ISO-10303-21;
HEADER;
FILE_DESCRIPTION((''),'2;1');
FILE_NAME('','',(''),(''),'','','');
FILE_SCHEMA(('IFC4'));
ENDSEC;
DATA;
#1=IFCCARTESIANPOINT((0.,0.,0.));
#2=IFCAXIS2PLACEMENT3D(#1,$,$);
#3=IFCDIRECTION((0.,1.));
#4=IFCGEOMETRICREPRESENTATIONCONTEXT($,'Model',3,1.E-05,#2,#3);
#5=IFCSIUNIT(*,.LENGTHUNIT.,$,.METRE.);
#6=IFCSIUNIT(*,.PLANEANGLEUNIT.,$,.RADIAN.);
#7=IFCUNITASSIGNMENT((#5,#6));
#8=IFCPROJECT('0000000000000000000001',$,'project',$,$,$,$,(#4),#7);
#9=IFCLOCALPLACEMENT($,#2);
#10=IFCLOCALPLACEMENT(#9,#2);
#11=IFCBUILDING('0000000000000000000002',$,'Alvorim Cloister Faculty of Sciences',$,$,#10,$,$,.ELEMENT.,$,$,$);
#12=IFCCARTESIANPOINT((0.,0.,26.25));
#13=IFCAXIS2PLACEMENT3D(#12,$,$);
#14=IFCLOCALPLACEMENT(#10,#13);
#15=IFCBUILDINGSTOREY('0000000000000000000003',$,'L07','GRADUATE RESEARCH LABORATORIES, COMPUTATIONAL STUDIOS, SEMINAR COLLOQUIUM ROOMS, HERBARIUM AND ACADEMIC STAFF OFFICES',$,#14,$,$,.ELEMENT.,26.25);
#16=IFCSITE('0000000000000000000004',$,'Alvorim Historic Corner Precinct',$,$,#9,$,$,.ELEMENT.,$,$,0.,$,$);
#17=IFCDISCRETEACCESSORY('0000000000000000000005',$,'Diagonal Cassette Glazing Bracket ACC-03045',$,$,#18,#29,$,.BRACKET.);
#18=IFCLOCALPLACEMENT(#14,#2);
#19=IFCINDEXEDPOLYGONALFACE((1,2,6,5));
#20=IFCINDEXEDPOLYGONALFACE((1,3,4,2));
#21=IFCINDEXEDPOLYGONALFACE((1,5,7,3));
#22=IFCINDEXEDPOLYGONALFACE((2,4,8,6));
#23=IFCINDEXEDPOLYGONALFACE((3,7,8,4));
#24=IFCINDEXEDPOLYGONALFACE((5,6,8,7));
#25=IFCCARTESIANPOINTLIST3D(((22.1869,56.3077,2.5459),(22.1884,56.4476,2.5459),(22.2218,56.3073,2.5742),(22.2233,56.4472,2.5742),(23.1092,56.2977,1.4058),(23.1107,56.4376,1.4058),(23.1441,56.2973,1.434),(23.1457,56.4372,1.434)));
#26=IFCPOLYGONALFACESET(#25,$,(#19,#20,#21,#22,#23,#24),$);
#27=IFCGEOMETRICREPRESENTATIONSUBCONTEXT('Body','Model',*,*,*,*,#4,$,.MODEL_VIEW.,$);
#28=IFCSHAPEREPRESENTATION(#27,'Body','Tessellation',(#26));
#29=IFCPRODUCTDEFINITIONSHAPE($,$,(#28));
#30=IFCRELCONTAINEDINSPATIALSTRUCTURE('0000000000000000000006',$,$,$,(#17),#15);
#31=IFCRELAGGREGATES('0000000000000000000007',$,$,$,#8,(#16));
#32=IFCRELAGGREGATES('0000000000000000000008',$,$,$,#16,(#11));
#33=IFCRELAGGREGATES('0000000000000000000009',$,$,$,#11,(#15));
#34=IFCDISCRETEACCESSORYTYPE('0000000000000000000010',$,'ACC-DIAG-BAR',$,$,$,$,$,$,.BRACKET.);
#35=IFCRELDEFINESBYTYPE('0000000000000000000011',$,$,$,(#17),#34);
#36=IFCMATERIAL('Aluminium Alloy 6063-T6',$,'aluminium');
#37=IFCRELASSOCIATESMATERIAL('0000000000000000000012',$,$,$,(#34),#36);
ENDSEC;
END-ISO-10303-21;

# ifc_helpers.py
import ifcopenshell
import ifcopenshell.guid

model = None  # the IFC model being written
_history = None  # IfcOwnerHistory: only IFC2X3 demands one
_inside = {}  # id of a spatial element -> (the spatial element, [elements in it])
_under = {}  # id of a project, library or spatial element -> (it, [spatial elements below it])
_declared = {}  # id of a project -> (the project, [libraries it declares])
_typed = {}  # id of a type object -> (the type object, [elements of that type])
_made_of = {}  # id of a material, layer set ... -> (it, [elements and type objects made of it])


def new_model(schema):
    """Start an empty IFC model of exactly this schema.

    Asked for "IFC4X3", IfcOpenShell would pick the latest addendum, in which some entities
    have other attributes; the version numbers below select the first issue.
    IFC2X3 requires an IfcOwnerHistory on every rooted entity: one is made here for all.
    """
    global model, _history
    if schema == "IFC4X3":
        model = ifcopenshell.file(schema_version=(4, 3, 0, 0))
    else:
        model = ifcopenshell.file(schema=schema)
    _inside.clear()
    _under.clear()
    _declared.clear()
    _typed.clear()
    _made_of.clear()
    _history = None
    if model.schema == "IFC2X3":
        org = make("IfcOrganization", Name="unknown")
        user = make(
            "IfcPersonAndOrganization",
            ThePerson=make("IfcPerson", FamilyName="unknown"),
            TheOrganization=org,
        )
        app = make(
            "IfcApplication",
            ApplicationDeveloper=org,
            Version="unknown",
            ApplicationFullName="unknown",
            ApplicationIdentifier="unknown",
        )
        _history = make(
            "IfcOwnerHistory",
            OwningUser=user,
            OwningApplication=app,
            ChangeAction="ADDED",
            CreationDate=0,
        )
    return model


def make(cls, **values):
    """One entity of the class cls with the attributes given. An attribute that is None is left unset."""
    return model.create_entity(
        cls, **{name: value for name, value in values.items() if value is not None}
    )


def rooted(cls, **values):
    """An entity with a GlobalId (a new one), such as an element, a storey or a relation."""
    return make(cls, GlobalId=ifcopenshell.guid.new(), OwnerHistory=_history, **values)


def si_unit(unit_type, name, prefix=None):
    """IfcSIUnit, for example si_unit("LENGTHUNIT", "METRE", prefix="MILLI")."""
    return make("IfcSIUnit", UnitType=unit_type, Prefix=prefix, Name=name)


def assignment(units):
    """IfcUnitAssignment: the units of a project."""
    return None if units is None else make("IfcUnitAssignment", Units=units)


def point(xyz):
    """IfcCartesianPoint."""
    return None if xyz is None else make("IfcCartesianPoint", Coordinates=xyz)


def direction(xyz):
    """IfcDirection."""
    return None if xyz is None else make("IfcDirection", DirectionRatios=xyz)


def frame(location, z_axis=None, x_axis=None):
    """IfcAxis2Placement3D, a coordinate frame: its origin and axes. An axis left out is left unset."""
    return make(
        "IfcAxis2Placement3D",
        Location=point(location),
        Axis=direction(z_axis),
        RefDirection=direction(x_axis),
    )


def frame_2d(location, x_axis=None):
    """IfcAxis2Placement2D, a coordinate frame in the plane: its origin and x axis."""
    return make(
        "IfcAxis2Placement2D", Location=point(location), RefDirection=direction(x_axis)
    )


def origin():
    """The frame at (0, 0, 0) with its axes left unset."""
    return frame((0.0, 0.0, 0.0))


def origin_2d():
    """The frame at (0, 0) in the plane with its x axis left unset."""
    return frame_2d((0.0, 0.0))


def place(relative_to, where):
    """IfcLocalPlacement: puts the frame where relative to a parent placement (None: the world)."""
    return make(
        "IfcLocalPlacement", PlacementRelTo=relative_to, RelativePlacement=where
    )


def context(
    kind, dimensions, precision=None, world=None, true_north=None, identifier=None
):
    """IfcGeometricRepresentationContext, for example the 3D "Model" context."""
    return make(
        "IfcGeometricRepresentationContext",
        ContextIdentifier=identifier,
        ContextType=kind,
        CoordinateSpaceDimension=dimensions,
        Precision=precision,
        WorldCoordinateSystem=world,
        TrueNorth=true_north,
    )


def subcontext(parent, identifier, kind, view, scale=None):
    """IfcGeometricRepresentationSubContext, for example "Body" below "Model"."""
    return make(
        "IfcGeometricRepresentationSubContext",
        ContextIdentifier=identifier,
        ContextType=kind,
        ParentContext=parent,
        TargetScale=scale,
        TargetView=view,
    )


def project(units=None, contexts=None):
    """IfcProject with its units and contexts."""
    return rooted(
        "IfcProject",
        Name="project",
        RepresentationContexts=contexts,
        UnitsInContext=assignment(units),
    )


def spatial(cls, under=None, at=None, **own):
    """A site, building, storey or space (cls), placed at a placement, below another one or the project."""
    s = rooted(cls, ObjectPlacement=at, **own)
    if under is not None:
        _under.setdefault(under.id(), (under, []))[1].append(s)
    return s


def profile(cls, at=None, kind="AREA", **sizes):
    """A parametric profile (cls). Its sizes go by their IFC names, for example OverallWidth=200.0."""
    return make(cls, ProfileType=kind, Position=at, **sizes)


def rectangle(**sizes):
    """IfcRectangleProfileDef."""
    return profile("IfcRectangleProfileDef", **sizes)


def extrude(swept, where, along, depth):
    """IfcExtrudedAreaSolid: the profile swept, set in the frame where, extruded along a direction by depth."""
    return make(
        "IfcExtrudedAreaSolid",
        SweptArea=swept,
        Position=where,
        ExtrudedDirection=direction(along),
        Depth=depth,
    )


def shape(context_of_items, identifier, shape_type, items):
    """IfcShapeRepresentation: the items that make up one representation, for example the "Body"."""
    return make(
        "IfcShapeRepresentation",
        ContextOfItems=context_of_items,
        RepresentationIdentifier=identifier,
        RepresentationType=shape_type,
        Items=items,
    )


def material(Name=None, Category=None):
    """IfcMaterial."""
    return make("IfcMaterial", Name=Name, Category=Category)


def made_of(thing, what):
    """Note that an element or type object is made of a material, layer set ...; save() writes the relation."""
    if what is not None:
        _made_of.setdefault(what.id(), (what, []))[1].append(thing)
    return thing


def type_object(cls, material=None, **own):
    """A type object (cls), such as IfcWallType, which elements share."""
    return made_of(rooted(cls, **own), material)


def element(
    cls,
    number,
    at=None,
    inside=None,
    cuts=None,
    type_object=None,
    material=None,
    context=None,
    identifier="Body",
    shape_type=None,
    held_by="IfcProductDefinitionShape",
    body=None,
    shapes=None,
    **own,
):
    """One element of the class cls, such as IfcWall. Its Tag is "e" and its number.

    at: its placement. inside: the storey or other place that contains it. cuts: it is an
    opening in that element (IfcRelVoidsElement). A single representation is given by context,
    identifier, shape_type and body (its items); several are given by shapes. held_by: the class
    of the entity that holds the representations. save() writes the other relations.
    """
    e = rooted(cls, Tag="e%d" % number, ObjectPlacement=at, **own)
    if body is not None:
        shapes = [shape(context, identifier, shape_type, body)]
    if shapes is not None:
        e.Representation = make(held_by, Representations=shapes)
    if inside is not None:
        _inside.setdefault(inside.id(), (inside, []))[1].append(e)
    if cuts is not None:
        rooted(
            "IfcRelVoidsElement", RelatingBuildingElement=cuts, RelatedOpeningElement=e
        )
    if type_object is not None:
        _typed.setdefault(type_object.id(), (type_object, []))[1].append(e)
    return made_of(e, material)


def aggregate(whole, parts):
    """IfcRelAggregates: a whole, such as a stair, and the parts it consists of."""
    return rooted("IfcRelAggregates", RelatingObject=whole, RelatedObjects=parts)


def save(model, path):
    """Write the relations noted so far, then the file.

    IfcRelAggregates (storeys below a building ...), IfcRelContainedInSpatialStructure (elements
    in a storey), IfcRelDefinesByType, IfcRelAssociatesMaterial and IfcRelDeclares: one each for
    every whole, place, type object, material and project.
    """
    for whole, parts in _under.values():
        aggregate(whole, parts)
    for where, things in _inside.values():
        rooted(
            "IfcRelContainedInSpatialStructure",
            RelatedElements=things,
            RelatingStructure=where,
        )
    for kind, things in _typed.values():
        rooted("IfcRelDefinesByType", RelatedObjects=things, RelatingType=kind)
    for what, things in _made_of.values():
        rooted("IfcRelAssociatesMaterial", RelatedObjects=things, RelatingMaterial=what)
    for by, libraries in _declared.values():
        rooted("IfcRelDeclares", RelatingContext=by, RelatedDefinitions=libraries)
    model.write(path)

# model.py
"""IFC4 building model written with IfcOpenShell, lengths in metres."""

from ifc_helpers import new_model, si_unit, direction, frame, origin, origin_2d, place, context, subcontext, project, spatial, rectangle, extrude, material, type_object, element, save


model = new_model("IFC4")

# Units and contexts
model_context = context("Model", 3, precision=1e-05, world=origin(), true_north=direction((0.0, 1.0)))
body_context = subcontext(model_context, "Body", "Model", "MODEL_VIEW")
ifc_project = project(units=[si_unit("LENGTHUNIT", "METRE"), si_unit("PLANEANGLEUNIT", "RADIAN")], contexts=[model_context])

# Site, building, storey
site_placement = place(None, origin())
site = spatial("IfcSite", under=ifc_project, at=site_placement, Name="Alvorim Historic Corner Precinct", CompositionType="ELEMENT", RefElevation=0.0)
building_placement = place(site_placement, origin())
building = spatial("IfcBuilding", under=site, at=building_placement, Name="Alvorim Cloister Faculty of Sciences", CompositionType="ELEMENT")
storey_placement = place(building_placement, frame((0.0, 0.0, 26.25)))
storey = spatial("IfcBuildingStorey", under=building, at=storey_placement, Name="L07", Description="GRADUATE RESEARCH LABORATORIES, COMPUTATIONAL STUDIOS, SEMINAR COLLOQUIUM ROOMS, HERBARIUM AND ACADEMIC STAFF OFFICES", CompositionType="ELEMENT", Elevation=26.25)

# Shared definitions
ifc_material_1 = material(Name="Aluminium Alloy 6063-T6", Category="aluminium")

# Discrete accessory
discrete_accessory_type = type_object("IfcDiscreteAccessoryType", Name="ACC-DIAG-BAR", PredefinedType="BRACKET", material=ifc_material_1)
for number, where, z_axis, x_axis, name in (
    (1, (22.2051, 56.3774, 2.5601), (0.628935, -0.006825, -0.777428), (0.010852, 0.999941, 0.0), "Diagonal Cassette Glazing Bracket ACC-03045"),
):
    element("IfcDiscreteAccessory", number, at=place(storey_placement, frame(where, z_axis=z_axis, x_axis=x_axis)), inside=storey, type_object=discrete_accessory_type, Name=name, PredefinedType="BRACKET", context=body_context, shape_type="SweptSolid", body=[
        extrude(rectangle(XDim=0.1399, YDim=0.0449, at=origin_2d()), origin(), (0.0, 0.0, 1.0), 1.4666),
    ])

save(model, "model.ifc")
